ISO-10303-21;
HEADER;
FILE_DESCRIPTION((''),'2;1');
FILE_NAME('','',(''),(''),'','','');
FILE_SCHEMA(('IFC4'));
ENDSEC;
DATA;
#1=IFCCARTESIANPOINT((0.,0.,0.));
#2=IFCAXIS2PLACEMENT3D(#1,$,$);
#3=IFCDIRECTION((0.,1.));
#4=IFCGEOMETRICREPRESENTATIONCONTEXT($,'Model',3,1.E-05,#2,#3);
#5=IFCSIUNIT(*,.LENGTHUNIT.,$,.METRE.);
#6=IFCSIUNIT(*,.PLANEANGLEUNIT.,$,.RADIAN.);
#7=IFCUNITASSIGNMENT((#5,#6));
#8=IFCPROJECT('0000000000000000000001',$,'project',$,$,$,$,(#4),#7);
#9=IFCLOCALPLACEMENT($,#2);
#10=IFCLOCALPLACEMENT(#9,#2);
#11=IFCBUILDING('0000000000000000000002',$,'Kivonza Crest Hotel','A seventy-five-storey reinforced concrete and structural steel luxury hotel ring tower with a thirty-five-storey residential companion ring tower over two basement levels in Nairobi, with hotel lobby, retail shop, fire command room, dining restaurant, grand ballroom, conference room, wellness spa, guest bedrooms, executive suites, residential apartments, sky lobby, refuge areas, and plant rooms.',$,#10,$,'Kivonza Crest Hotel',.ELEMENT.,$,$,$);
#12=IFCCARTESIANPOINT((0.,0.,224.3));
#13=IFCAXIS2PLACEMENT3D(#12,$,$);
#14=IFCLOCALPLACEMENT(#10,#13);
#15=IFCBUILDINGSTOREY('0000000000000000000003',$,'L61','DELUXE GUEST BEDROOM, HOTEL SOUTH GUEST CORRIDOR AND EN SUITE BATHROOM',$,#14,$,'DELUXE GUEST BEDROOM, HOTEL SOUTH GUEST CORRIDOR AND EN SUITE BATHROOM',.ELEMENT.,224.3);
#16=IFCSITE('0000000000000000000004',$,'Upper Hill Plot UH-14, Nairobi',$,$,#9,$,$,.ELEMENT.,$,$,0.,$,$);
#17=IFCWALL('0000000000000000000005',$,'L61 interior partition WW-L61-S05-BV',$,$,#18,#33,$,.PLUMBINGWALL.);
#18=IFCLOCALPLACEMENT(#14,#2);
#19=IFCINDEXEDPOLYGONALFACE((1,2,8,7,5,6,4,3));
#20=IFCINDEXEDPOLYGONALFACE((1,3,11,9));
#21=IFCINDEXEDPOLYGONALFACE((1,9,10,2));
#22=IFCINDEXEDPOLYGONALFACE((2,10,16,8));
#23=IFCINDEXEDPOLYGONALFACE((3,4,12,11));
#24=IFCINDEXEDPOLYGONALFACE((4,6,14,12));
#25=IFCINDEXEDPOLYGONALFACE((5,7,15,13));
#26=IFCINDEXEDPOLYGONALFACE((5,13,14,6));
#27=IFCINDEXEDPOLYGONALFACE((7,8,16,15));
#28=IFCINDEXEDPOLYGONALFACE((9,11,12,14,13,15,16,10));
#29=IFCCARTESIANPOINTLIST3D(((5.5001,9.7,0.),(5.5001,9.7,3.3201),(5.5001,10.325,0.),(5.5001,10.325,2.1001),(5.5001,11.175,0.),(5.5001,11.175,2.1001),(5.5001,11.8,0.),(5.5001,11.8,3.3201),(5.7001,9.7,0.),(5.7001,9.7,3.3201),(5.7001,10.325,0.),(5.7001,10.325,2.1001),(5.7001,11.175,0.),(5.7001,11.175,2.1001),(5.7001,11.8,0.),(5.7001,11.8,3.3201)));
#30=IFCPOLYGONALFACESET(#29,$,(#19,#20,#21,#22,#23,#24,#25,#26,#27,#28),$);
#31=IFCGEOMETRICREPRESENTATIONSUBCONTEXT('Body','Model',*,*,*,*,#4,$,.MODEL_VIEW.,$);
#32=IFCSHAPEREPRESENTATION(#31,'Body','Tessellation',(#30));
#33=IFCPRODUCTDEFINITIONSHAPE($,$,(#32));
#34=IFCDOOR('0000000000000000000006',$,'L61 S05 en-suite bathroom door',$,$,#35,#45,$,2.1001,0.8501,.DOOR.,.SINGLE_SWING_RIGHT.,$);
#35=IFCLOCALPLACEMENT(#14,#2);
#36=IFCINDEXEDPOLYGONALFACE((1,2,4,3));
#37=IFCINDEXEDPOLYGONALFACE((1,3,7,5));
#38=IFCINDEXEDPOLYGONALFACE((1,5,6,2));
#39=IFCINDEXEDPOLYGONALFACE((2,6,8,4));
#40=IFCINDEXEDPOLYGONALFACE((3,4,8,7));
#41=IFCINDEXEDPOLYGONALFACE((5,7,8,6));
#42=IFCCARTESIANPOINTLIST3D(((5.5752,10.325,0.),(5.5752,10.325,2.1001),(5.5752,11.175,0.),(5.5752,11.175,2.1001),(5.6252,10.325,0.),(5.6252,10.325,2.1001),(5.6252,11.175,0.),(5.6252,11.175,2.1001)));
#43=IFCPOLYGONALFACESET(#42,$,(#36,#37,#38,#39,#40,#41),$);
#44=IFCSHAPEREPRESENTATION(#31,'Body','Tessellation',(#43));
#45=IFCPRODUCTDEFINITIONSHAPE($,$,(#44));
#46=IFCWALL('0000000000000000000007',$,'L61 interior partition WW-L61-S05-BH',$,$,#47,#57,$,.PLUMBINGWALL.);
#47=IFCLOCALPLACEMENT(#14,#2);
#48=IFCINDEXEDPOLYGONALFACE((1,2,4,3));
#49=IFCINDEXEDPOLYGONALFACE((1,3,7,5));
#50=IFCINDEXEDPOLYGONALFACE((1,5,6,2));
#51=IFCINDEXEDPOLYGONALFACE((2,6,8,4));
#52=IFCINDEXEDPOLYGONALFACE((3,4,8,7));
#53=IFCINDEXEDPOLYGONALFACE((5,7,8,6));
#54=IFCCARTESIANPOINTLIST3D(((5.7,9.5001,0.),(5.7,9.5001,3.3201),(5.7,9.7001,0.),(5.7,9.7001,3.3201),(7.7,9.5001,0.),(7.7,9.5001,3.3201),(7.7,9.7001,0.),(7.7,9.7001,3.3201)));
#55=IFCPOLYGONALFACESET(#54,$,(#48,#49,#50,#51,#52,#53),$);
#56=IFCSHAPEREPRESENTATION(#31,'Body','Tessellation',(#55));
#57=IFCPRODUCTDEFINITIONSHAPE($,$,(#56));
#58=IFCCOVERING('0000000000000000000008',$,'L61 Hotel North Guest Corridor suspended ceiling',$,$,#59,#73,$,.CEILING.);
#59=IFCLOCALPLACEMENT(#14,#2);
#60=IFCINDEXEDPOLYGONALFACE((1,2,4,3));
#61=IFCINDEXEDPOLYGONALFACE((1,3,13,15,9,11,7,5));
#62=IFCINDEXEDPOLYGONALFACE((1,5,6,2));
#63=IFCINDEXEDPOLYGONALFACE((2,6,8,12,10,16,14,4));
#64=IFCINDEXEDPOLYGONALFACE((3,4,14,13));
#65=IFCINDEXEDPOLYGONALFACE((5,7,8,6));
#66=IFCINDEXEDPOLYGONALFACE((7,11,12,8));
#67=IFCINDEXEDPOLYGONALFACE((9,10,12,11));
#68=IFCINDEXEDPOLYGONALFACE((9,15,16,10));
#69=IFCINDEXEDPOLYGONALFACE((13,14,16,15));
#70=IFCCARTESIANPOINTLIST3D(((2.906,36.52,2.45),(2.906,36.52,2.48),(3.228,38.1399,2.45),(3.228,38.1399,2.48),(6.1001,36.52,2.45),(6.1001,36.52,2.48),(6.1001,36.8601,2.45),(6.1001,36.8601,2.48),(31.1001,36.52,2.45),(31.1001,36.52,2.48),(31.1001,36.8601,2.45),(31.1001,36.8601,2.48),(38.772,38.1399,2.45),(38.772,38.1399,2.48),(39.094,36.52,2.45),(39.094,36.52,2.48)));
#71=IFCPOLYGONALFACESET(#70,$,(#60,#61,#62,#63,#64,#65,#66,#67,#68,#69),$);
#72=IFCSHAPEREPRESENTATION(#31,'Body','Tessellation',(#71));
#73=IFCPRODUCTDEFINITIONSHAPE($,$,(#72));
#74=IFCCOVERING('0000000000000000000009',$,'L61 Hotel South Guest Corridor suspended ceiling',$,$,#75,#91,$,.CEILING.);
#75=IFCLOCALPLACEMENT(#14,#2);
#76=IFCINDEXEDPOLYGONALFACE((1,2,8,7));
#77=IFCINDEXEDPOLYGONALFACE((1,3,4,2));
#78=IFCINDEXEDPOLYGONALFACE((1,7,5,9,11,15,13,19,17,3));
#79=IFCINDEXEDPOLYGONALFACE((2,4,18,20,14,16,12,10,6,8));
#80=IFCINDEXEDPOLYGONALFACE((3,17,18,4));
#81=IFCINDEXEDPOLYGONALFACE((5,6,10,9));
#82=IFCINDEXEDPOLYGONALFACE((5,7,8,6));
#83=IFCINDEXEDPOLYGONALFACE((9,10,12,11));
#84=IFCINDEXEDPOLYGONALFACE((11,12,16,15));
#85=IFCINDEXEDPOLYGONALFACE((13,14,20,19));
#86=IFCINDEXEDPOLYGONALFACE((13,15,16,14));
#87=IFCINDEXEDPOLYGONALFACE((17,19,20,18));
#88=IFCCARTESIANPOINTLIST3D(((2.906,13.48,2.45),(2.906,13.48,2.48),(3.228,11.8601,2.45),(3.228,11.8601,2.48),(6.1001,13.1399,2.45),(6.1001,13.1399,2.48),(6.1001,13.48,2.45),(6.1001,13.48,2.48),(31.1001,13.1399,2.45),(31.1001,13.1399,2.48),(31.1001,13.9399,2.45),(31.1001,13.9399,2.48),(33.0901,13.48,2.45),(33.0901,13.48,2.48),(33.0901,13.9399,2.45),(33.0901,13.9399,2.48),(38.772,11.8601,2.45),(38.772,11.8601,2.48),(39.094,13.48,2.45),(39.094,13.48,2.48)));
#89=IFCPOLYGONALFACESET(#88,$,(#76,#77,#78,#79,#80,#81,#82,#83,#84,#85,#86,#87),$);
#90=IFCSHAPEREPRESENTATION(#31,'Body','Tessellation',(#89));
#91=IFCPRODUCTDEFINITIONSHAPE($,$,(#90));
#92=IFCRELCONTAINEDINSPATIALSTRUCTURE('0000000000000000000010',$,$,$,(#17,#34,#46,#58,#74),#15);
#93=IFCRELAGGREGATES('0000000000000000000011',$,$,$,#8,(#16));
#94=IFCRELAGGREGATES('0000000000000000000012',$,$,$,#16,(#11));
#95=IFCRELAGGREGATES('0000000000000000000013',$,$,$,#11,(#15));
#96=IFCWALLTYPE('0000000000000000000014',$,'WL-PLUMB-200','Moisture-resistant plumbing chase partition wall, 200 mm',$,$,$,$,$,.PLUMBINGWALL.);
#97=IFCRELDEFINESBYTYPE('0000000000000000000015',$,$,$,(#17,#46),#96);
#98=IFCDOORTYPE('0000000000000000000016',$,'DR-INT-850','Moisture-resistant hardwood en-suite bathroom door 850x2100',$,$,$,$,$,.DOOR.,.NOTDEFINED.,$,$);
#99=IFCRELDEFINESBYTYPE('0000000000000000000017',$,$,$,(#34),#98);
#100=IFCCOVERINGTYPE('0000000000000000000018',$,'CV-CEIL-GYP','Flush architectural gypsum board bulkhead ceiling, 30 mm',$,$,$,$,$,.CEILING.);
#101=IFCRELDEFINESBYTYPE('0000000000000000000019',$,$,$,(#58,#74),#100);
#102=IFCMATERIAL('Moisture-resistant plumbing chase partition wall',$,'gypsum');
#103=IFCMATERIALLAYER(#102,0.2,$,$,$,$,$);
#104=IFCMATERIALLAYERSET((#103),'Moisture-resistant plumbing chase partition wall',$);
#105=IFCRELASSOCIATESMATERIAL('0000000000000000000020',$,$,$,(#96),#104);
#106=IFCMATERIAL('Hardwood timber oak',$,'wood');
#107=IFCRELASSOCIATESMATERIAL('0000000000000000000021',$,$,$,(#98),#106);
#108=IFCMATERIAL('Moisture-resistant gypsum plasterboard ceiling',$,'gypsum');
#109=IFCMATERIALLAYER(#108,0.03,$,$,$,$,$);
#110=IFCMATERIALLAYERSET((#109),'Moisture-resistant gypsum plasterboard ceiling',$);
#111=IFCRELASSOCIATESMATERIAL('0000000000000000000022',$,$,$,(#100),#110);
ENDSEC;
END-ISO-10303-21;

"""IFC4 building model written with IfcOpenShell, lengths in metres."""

from ifc_helpers import new_model, si_unit, direction, frame, frame_2d, origin, place, context, subcontext, project, spatial, polyline, rectangle, outline, extrude, material, layer, layer_set, type_object, element, fill, save


model = new_model("IFC4")

# Units and contexts
model_context = context("Model", 3, precision=1e-05, world=origin(), true_north=direction((0.0, 1.0)))
body_context = subcontext(model_context, "Body", "Model", "MODEL_VIEW")
ifc_project = project(units=[si_unit("LENGTHUNIT", "METRE"), si_unit("PLANEANGLEUNIT", "RADIAN")], contexts=[model_context])

# Site, building, storey
site_placement = place(None, origin())
site = spatial("IfcSite", under=ifc_project, at=site_placement, Name="Upper Hill Plot UH-14, Nairobi", CompositionType="ELEMENT", RefElevation=0.0)
building_placement = place(site_placement, origin())
building = spatial("IfcBuilding", under=site, at=building_placement, Name="Kivonza Crest Hotel", Description="A seventy-five-storey reinforced concrete and structural steel luxury hotel ring tower with a thirty-five-storey residential companion ring tower over two basement levels in Nairobi, with hotel lobby, retail shop, fire command room, dining restaurant, grand ballroom, conference room, wellness spa, guest bedrooms, executive suites, residential apartments, sky lobby, refuge areas, and plant rooms.", LongName="Kivonza Crest Hotel", CompositionType="ELEMENT")
storey_placement = place(building_placement, frame((0.0, 0.0, 224.3)))
storey = spatial("IfcBuildingStorey", under=building, at=storey_placement, Name="L61", Description="DELUXE GUEST BEDROOM, HOTEL SOUTH GUEST CORRIDOR AND EN SUITE BATHROOM", LongName="DELUXE GUEST BEDROOM, HOTEL SOUTH GUEST CORRIDOR AND EN SUITE BATHROOM", CompositionType="ELEMENT", Elevation=224.3)

# Shared definitions
ifc_material_1 = material(Name="Hardwood timber oak", Category="wood")

# Wall, opening, door
ifc_material_2 = material(Name="Moisture-resistant plumbing chase partition wall", Category="gypsum")
ifc_layer_1 = layer(ifc_material_2, 0.2)
ifc_layer_set_1 = layer_set([ifc_layer_1], Name="Moisture-resistant plumbing chase partition wall")
wall_type_1 = type_object("IfcWallType", Name="WL-PLUMB-200", Description="Moisture-resistant plumbing chase partition wall, 200 mm", PredefinedType="PLUMBINGWALL", material=ifc_layer_set_1)
wall_1_placement = place(storey_placement, frame((5.6001, 9.7, 0.0), z_axis=(0.0, 0.0, 1.0), x_axis=(0.0, 1.0, 0.0)))
wall_1 = element("IfcWall", 1, at=wall_1_placement, inside=storey, type_object=wall_type_1, Name="L61 interior partition WW-L61-S05-BV", PredefinedType="PLUMBINGWALL", context=body_context, shape_type="SweptSolid", body=[
    extrude(rectangle(XDim=2.1001, YDim=0.2, at=frame_2d((1.05, 0.0))), origin(), (0.0, 0.0, 1.0), 3.3201),
])
opening_1_placement = place(wall_1_placement, frame((0.625, 0.0, 0.0)))
opening_1 = element("IfcOpeningElement", 2, at=opening_1_placement, cuts=wall_1, PredefinedType="OPENING", context=body_context, shape_type="SweptSolid", body=[
    extrude(rectangle(XDim=0.8501, YDim=2.1001, at=frame_2d((0.425, 1.05))), frame((0.0, 0.1099, 0.0), z_axis=(0.0, -1.0, 0.0), x_axis=(1.0, 0.0, 0.0)), (0.0, 0.0, 1.0), 0.22),
])
door_type_1 = type_object("IfcDoorType", Name="DR-INT-850", Description="Moisture-resistant hardwood en-suite bathroom door 850x2100", OperationType="NOTDEFINED", PredefinedType="DOOR", material=ifc_material_1)
door_1_placement = place(opening_1_placement, origin())
door_1 = element("IfcDoor", 3, at=door_1_placement, inside=storey, type_object=door_type_1, Name="L61 S05 en-suite bathroom door", OperationType="SINGLE_SWING_RIGHT", OverallHeight=2.1001, OverallWidth=0.8501, PredefinedType="DOOR", context=body_context, shape_type="SweptSolid", body=[
    extrude(rectangle(XDim=0.8501, YDim=2.1001, at=frame_2d((0.425, 1.05))), frame((0.0, 0.0249, 0.0), z_axis=(0.0, -1.0, 0.0), x_axis=(1.0, 0.0, 0.0)), (0.0, 0.0, 1.0), 0.05),
])
fill(opening_1, door_1)

# Wall
wall_2_placement = place(storey_placement, frame((5.7, 9.6001, 0.0), z_axis=(0.0, 0.0, 1.0), x_axis=(1.0, 0.0, 0.0)))
element("IfcWall", 4, at=wall_2_placement, inside=storey, type_object=wall_type_1, Name="L61 interior partition WW-L61-S05-BH", PredefinedType="PLUMBINGWALL", context=body_context, shape_type="SweptSolid", body=[
    extrude(rectangle(XDim=2.0, YDim=0.2, at=frame_2d((1.0, 0.0))), origin(), (0.0, 0.0, 1.0), 3.3201),
])

# Coverings
ifc_material_3 = material(Name="Moisture-resistant gypsum plasterboard ceiling", Category="gypsum")
ifc_layer_2 = layer(ifc_material_3, 0.03)
ifc_layer_set_2 = layer_set([ifc_layer_2], Name="Moisture-resistant gypsum plasterboard ceiling")
covering_type = type_object("IfcCoveringType", Name="CV-CEIL-GYP", Description="Flush architectural gypsum board bulkhead ceiling, 30 mm", PredefinedType="CEILING", material=ifc_layer_set_2)
covering_1_placement = place(storey_placement, frame((0.0, 0.0, 2.45)))
element("IfcCovering", 5, at=covering_1_placement, inside=storey, type_object=covering_type, Name="L61 Hotel North Guest Corridor suspended ceiling", PredefinedType="CEILING", context=body_context, shape_type="SweptSolid", body=[
    extrude(outline(polyline([(3.228, 38.1399), (2.906, 36.52), (6.1001, 36.52), (6.1001, 36.8601), (31.1001, 36.8601), (31.1001, 36.52), (39.094, 36.52), (38.772, 38.1399), (3.228, 38.1399)])), origin(), (0.0, 0.0, 1.0), 0.03),
])
covering_2_placement = place(storey_placement, frame((0.0, 0.0, 2.45)))
element("IfcCovering", 6, at=covering_2_placement, inside=storey, type_object=covering_type, Name="L61 Hotel South Guest Corridor suspended ceiling", PredefinedType="CEILING", context=body_context, shape_type="SweptSolid", body=[
    extrude(outline(polyline([(33.0901, 13.48), (33.0901, 13.9399), (31.1001, 13.9399), (31.1001, 13.1399), (6.1001, 13.1399), (6.1001, 13.48), (2.906, 13.48), (3.228, 11.8601), (38.772, 11.8601), (39.094, 13.48), (33.0901, 13.48)])), origin(), (0.0, 0.0, 1.0), 0.03),
])

save(model, "model.ifc")
